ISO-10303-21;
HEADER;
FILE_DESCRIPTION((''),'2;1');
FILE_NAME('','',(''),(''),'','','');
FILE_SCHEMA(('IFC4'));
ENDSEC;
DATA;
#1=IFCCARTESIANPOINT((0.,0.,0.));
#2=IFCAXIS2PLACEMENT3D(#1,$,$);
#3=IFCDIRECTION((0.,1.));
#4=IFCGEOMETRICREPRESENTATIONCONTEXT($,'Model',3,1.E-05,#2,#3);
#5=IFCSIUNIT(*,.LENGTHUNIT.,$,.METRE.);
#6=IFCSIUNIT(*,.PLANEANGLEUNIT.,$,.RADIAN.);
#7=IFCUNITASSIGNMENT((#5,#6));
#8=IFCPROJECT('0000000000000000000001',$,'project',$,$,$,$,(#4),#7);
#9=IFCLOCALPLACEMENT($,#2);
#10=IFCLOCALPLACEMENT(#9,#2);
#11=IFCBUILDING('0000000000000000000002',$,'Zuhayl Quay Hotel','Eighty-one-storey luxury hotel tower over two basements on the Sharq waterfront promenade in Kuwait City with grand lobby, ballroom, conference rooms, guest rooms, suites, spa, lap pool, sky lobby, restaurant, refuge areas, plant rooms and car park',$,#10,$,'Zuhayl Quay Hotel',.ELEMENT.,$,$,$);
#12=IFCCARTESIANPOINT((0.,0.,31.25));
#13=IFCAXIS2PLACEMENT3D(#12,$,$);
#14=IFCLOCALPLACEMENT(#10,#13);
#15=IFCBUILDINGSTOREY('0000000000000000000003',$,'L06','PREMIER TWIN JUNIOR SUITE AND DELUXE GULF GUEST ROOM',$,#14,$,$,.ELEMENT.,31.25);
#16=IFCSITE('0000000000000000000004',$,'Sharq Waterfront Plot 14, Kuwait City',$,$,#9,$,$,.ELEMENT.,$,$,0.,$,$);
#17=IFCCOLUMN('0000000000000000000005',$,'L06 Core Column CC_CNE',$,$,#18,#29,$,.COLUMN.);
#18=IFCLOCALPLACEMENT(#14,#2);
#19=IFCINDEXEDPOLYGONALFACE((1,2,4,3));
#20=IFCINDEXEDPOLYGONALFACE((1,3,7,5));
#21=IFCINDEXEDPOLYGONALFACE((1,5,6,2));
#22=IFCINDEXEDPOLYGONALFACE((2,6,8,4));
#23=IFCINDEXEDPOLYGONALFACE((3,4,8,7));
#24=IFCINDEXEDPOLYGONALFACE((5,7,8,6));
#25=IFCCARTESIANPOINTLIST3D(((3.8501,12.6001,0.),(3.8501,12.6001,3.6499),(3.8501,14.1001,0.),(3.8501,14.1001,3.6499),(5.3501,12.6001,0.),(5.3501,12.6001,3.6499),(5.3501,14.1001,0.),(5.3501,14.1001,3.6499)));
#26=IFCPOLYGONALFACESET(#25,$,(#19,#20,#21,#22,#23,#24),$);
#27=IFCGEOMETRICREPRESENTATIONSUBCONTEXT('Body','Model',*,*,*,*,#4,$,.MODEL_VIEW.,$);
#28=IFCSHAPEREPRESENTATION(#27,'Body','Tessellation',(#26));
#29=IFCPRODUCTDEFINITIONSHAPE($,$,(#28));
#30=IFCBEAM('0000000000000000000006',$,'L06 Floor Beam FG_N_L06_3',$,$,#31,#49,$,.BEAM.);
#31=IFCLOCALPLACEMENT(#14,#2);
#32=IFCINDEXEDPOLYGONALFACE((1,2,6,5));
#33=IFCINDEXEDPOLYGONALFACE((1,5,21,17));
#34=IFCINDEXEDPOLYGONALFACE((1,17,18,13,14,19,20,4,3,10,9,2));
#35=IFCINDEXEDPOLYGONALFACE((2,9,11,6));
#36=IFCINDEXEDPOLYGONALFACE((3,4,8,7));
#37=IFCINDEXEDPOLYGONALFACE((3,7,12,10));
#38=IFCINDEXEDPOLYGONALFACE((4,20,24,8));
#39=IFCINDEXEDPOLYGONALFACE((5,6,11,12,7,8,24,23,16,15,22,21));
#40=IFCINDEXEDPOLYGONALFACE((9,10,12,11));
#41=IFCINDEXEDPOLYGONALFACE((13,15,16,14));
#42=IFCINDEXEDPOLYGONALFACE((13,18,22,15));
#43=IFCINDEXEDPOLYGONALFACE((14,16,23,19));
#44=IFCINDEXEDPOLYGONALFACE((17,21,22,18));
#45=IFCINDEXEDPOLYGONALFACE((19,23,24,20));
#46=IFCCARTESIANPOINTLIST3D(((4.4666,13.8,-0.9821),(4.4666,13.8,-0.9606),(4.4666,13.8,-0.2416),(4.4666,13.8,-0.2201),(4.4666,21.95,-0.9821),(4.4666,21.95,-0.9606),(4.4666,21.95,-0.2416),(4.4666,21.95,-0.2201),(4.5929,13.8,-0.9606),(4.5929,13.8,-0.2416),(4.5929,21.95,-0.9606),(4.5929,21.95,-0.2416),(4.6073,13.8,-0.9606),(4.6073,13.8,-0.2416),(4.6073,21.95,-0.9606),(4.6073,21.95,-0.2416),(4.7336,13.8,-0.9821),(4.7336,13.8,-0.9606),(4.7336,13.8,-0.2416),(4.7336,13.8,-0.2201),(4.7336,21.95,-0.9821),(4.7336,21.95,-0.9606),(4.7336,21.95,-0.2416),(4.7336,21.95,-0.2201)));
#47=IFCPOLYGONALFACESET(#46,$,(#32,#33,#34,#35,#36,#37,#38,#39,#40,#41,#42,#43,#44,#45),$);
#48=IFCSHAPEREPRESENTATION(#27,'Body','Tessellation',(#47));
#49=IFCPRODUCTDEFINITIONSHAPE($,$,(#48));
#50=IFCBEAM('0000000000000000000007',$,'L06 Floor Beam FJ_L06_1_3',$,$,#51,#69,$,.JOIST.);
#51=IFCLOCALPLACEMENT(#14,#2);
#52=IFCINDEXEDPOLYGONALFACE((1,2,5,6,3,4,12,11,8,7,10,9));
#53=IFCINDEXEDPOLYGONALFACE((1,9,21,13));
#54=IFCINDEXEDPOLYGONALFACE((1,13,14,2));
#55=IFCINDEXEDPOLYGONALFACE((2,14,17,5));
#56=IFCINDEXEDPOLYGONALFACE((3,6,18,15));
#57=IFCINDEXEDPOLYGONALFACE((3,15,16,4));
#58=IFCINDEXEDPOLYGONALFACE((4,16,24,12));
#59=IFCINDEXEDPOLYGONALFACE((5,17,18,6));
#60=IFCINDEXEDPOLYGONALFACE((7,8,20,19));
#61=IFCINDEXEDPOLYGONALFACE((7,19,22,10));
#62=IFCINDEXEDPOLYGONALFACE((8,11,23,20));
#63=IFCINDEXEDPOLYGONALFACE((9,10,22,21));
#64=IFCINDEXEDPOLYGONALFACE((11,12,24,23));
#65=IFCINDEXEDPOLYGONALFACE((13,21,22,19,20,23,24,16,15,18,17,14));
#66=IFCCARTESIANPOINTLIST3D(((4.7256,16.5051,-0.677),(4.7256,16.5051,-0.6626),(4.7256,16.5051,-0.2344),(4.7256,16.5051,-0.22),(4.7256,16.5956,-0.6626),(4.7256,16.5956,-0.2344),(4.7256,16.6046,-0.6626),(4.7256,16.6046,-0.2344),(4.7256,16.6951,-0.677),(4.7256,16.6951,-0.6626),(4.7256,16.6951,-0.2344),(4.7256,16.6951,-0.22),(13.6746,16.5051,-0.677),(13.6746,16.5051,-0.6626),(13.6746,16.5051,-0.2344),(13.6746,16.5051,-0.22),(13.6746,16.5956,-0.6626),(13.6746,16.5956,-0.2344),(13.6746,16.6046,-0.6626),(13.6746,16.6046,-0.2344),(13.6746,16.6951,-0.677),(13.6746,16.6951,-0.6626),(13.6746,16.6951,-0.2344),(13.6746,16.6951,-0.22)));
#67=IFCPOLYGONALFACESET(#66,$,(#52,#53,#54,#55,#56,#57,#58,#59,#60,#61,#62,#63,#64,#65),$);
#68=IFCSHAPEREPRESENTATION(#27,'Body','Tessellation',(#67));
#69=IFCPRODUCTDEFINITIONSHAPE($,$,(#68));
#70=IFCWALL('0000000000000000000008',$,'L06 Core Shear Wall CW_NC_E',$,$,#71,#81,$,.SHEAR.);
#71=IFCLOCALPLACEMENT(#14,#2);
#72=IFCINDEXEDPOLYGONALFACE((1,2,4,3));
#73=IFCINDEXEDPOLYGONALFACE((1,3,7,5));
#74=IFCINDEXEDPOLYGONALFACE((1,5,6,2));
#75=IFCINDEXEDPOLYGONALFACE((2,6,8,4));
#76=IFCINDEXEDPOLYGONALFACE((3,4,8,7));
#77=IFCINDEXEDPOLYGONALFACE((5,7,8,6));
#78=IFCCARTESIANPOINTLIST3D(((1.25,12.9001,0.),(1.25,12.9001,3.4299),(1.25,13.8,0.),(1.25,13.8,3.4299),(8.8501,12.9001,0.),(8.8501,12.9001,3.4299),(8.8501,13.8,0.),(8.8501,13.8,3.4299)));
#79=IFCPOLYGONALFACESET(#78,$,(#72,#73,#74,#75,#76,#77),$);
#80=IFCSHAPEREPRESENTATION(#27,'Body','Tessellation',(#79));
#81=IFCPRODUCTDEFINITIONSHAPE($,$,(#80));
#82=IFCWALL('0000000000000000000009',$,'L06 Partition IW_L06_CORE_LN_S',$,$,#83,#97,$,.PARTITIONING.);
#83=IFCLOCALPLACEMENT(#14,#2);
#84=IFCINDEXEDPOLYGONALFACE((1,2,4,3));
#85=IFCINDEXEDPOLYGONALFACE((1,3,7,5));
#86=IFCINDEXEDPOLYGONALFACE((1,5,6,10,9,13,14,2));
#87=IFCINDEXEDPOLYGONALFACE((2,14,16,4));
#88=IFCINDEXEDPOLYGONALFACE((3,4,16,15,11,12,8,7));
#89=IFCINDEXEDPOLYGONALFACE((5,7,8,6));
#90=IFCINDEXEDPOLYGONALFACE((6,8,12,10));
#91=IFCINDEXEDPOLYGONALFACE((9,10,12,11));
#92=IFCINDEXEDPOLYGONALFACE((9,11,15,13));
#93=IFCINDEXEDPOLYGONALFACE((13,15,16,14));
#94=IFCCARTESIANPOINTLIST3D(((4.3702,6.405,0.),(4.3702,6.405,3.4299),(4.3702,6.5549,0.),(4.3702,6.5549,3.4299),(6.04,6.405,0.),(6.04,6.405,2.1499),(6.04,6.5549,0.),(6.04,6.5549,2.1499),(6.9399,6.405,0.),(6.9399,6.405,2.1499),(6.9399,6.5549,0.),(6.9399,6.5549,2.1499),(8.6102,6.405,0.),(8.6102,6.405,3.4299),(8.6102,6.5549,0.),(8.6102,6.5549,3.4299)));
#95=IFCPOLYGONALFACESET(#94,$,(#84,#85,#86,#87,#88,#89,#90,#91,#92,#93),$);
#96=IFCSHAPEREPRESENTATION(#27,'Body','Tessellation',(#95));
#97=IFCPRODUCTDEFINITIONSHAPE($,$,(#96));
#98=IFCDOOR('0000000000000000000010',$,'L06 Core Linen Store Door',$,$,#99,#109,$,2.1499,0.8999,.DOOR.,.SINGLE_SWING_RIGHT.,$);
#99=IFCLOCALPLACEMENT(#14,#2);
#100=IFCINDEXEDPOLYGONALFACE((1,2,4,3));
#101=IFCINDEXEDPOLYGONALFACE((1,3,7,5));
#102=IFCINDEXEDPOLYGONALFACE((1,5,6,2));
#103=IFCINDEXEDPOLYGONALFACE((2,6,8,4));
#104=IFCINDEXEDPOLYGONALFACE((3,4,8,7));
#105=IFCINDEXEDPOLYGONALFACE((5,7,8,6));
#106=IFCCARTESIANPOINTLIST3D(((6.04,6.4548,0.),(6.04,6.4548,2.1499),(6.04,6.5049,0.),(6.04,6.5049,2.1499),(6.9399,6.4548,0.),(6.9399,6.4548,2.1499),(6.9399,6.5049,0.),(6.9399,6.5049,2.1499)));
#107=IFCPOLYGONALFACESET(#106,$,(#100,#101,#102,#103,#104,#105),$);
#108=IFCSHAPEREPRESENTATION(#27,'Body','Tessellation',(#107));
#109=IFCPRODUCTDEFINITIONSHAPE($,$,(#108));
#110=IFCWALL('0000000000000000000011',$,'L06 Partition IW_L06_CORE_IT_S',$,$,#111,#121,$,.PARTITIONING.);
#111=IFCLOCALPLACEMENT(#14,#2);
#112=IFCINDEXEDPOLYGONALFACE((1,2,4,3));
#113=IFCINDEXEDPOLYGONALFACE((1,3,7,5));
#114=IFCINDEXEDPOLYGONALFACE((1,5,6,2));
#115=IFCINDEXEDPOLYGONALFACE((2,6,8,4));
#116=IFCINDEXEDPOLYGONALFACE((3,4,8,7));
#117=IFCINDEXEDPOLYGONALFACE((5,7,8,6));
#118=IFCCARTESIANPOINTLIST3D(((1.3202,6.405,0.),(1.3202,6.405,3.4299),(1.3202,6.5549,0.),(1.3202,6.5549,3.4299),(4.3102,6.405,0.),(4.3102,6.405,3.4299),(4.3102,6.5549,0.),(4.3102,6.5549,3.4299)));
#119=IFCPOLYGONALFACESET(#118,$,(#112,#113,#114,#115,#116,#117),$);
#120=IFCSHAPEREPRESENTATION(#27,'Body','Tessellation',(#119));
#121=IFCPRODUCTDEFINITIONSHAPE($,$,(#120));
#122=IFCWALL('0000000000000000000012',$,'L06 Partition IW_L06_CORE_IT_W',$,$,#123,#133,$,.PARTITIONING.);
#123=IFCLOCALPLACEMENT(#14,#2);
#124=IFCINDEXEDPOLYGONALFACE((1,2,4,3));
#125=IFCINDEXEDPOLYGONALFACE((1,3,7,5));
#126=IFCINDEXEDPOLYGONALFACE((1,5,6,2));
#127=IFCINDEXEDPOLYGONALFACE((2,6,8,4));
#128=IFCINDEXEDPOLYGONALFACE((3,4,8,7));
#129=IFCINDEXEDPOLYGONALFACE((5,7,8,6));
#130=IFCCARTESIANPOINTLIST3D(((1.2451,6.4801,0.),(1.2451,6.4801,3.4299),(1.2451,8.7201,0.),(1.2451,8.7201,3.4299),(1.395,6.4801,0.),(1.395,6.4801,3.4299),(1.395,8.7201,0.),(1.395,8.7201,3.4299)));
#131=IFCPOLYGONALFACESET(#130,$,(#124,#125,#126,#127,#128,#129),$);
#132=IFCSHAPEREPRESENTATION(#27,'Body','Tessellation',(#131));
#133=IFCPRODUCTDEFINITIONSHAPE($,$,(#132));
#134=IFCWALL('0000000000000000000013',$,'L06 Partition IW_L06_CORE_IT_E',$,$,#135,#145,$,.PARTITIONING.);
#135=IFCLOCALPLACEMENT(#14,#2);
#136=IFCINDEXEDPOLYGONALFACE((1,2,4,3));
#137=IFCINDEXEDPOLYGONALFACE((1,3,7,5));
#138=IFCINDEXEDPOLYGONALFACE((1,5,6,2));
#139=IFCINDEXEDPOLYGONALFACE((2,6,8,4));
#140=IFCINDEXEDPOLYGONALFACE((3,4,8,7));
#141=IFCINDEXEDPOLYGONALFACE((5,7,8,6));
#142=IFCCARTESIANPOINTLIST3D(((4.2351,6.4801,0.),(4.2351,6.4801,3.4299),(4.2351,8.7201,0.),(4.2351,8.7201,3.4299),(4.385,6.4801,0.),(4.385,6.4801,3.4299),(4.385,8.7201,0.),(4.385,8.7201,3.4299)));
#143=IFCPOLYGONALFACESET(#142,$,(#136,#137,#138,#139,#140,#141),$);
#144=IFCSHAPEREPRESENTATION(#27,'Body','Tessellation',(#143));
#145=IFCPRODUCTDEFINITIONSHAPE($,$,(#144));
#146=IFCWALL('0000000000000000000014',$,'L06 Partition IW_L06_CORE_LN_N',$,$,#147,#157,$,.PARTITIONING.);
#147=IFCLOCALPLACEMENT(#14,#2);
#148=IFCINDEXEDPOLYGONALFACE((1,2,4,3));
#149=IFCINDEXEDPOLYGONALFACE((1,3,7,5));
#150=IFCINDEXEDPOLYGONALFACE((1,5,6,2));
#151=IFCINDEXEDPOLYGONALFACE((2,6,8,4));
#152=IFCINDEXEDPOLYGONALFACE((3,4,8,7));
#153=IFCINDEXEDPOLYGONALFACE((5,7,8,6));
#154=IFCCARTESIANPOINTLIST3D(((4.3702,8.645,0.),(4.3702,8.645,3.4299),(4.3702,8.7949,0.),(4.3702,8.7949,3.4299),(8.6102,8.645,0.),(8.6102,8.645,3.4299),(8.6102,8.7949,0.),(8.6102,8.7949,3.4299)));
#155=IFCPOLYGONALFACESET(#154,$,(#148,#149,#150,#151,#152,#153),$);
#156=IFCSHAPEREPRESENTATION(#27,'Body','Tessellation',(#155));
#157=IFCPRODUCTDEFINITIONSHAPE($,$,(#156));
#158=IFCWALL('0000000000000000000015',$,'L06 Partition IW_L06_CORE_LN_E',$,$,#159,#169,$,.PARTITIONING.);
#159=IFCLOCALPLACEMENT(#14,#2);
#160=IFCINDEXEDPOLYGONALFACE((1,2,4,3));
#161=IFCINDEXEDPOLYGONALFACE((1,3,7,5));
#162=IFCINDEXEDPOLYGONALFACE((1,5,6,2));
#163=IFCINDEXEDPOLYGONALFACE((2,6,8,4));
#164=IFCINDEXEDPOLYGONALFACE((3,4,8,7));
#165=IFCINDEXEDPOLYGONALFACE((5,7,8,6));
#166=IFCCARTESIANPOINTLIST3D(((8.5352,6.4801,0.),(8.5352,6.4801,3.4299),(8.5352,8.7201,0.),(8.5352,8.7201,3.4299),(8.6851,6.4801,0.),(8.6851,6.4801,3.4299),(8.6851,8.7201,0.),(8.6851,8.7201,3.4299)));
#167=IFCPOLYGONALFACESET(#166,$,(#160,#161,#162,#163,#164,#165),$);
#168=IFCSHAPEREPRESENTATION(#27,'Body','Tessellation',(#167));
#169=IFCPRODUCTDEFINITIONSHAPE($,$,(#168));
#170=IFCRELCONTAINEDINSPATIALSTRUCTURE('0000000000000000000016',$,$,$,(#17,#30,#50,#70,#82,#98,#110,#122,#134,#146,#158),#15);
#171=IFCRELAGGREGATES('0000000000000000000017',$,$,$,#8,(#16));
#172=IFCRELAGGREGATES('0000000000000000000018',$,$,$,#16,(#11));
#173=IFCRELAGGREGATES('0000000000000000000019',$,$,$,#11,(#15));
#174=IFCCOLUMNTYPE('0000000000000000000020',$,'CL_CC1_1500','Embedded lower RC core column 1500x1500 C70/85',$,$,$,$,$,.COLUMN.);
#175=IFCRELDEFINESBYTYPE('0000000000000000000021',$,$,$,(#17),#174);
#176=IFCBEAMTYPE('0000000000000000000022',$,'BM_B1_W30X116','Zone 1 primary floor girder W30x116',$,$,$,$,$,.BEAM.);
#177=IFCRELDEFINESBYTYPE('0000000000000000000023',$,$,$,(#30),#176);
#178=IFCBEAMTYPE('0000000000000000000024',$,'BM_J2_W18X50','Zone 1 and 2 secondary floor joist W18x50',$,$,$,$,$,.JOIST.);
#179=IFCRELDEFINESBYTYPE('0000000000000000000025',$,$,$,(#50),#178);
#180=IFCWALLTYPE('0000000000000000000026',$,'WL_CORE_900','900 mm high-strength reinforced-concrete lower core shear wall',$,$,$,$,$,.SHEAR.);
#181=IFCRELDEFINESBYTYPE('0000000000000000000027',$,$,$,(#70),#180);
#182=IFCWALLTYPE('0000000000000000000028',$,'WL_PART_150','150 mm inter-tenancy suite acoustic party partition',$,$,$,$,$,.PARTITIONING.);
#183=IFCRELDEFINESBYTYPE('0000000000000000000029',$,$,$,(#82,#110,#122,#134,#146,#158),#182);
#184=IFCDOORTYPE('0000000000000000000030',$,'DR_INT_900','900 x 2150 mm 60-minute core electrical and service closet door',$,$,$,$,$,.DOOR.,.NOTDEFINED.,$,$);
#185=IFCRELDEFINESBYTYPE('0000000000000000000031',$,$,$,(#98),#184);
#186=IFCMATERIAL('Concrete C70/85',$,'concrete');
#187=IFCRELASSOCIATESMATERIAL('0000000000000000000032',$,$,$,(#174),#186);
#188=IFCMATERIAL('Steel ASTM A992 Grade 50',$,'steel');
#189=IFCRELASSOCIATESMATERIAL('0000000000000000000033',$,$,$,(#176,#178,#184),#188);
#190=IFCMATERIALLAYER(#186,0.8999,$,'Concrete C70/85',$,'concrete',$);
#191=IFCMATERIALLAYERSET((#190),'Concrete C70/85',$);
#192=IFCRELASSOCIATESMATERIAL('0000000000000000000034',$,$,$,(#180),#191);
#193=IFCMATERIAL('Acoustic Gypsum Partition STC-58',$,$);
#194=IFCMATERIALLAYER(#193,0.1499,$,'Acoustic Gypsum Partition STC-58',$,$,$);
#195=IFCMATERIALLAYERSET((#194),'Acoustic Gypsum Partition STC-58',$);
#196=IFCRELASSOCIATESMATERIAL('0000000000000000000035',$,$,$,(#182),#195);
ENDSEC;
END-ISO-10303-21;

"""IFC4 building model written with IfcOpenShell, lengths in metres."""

from ifc_helpers import new_model, si_unit, direction, frame, frame_2d, origin, origin_2d, place, context, subcontext, project, spatial, rectangle, i_section, extrude, material, layer, layer_set, material_profile, profile_set, type_object, element, fill, save


model = new_model("IFC4")

# Units and contexts
model_context = context("Model", 3, precision=1e-05, world=origin(), true_north=direction((0.0, 1.0)))
body_context = subcontext(model_context, "Body", "Model", "MODEL_VIEW")
ifc_project = project(units=[si_unit("LENGTHUNIT", "METRE"), si_unit("PLANEANGLEUNIT", "RADIAN")], contexts=[model_context])

# Site, building, storey
site_placement = place(None, origin())
site = spatial("IfcSite", under=ifc_project, at=site_placement, Name="Sharq Waterfront Plot 14, Kuwait City", CompositionType="ELEMENT", RefElevation=0.0)
building_placement = place(site_placement, origin())
building = spatial("IfcBuilding", under=site, at=building_placement, Name="Zuhayl Quay Hotel", Description="Eighty-one-storey luxury hotel tower over two basements on the Sharq waterfront promenade in Kuwait City with grand lobby, ballroom, conference rooms, guest rooms, suites, spa, lap pool, sky lobby, restaurant, refuge areas, plant rooms and car park", LongName="Zuhayl Quay Hotel", CompositionType="ELEMENT")
storey_placement = place(building_placement, frame((0.0, 0.0, 31.25)))
storey = spatial("IfcBuildingStorey", under=building, at=storey_placement, Name="L06", Description="PREMIER TWIN JUNIOR SUITE AND DELUXE GULF GUEST ROOM", CompositionType="ELEMENT", Elevation=31.25)

# Column
ifc_material_1 = material(Name="Concrete C70/85", Category="concrete")
ifc_material_profile_1 = material_profile(ifc_material_1, rectangle(XDim=1.5, YDim=1.5, at=origin_2d()), Name="RC1500X1500")
ifc_profile_set_1 = profile_set([ifc_material_profile_1], Name="Concrete C70/85")
column_type = type_object("IfcColumnType", Name="CL_CC1_1500", Description="Embedded lower RC core column 1500x1500 C70/85", PredefinedType="COLUMN", material=ifc_profile_set_1)
column_placement = place(storey_placement, frame((4.6001, 13.3501, 0.0), z_axis=(0.0, 0.0, 1.0), x_axis=(1.0, 0.0, 0.0)))
element("IfcColumn", 1, at=column_placement, inside=storey, type_object=column_type, Name="L06 Core Column CC_CNE", PredefinedType="COLUMN", context=body_context, shape_type="SweptSolid", body=[
    extrude(rectangle(XDim=1.5, YDim=1.5, at=origin_2d()), origin(), (0.0, 0.0, 1.0), 3.6499),
])

# Beams
ifc_material_2 = material(Name="Steel ASTM A992 Grade 50", Category="steel")
ifc_material_profile_2 = material_profile(ifc_material_2, i_section(OverallWidth=0.2671, OverallDepth=0.762, WebThickness=0.0144, FlangeThickness=0.0215, at=origin_2d()), Name="W30X116")
ifc_profile_set_2 = profile_set([ifc_material_profile_2], Name="Steel ASTM A992 Grade 50")
beam_type_1 = type_object("IfcBeamType", Name="BM_B1_W30X116", Description="Zone 1 primary floor girder W30x116", PredefinedType="BEAM", material=ifc_profile_set_2)
beam_1_placement = place(storey_placement, frame((4.6001, 13.8, -0.6011), z_axis=(0.0, 1.0, 0.0), x_axis=(-1.0, 0.0, 0.0)))
element("IfcBeam", 2, at=beam_1_placement, inside=storey, type_object=beam_type_1, Name="L06 Floor Beam FG_N_L06_3", PredefinedType="BEAM", context=body_context, shape_type="SweptSolid", body=[
    extrude(i_section(OverallWidth=0.2671, OverallDepth=0.762, WebThickness=0.0144, FlangeThickness=0.0215, at=origin_2d()), origin(), (0.0, 0.0, 1.0), 8.1499),
])
ifc_material_profile_3 = material_profile(ifc_material_2, i_section(OverallWidth=0.1899, OverallDepth=0.457, WebThickness=0.009, FlangeThickness=0.0144, at=origin_2d()), Name="W18X50")
ifc_profile_set_3 = profile_set([ifc_material_profile_3], Name="Steel ASTM A992 Grade 50")
beam_type_2 = type_object("IfcBeamType", Name="BM_J2_W18X50", Description="Zone 1 and 2 secondary floor joist W18x50", PredefinedType="JOIST", material=ifc_profile_set_3)
beam_2_placement = place(storey_placement, frame((4.7256, 16.6001, -0.4485), z_axis=(1.0, 0.0, 0.0), x_axis=(0.0, 1.0, 0.0)))
element("IfcBeam", 3, at=beam_2_placement, inside=storey, type_object=beam_type_2, Name="L06 Floor Beam FJ_L06_1_3", PredefinedType="JOIST", context=body_context, shape_type="SweptSolid", body=[
    extrude(i_section(OverallWidth=0.1899, OverallDepth=0.457, WebThickness=0.009, FlangeThickness=0.0144, at=origin_2d()), origin(), (0.0, 0.0, 1.0), 8.949),
])

# Wall
ifc_layer_1 = layer(ifc_material_1, 0.8999, Name="Concrete C70/85", Category="concrete")
ifc_layer_set_1 = layer_set([ifc_layer_1], Name="Concrete C70/85")
wall_type_1 = type_object("IfcWallType", Name="WL_CORE_900", Description="900 mm high-strength reinforced-concrete lower core shear wall", PredefinedType="SHEAR", material=ifc_layer_set_1)
wall_1_placement = place(storey_placement, frame((1.25, 13.3501, 0.0), z_axis=(0.0, 0.0, 1.0), x_axis=(1.0, 0.0, 0.0)))
element("IfcWall", 4, at=wall_1_placement, inside=storey, type_object=wall_type_1, Name="L06 Core Shear Wall CW_NC_E", PredefinedType="SHEAR", context=body_context, shape_type="SweptSolid", body=[
    extrude(rectangle(XDim=7.6001, YDim=0.8999, at=frame_2d((3.8, 0.0))), origin(), (0.0, 0.0, 1.0), 3.4299),
])

# Wall, opening, door
ifc_material_3 = material(Name="Acoustic Gypsum Partition STC-58")
ifc_layer_2 = layer(ifc_material_3, 0.1499, Name="Acoustic Gypsum Partition STC-58")
ifc_layer_set_2 = layer_set([ifc_layer_2], Name="Acoustic Gypsum Partition STC-58")
wall_type_2 = type_object("IfcWallType", Name="WL_PART_150", Description="150 mm inter-tenancy suite acoustic party partition", PredefinedType="PARTITIONING", material=ifc_layer_set_2)
door_type_1 = type_object("IfcDoorType", Name="DR_INT_900", Description="900 x 2150 mm 60-minute core electrical and service closet door", OperationType="NOTDEFINED", PredefinedType="DOOR", material=ifc_material_2)
wall_2_placement = place(storey_placement, frame((4.3701, 6.48, 0.0), z_axis=(0.0, 0.0, 1.0), x_axis=(1.0, 0.0, 0.0)))
wall_2 = element("IfcWall", 5, at=wall_2_placement, inside=storey, type_object=wall_type_2, Name="L06 Partition IW_L06_CORE_LN_S", PredefinedType="PARTITIONING", context=body_context, shape_type="SweptSolid", body=[
    extrude(rectangle(XDim=4.24, YDim=0.1499, at=frame_2d((2.1201, 0.0))), origin(), (0.0, 0.0, 1.0), 3.4299),
])
opening_1_placement = place(wall_2_placement, frame((1.6699, 0.0, 0.0)))
opening_1 = element("IfcOpeningElement", 6, at=opening_1_placement, cuts=wall_2, PredefinedType="OPENING", context=body_context, shape_type="SweptSolid", body=[
    extrude(rectangle(XDim=0.8999, YDim=2.1499, at=frame_2d((0.45, 1.075))), frame((0.0, 0.085, 0.0), z_axis=(0.0, -1.0, 0.0), x_axis=(1.0, 0.0, 0.0)), (0.0, 0.0, 1.0), 0.1699),
])
door_1_placement = place(opening_1_placement, origin())
door_1 = element("IfcDoor", 7, at=door_1_placement, inside=storey, type_object=door_type_1, Name="L06 Core Linen Store Door", OperationType="SINGLE_SWING_RIGHT", OverallHeight=2.1499, OverallWidth=0.8999, PredefinedType="DOOR", context=body_context, shape_type="SweptSolid", body=[
    extrude(rectangle(XDim=0.8999, YDim=2.1499, at=frame_2d((0.45, 1.075))), frame((0.0, 0.0249, 0.0), z_axis=(0.0, -1.0, 0.0), x_axis=(1.0, 0.0, 0.0)), (0.0, 0.0, 1.0), 0.05),
])
fill(opening_1, door_1)

# Walls
wall_3_placement = place(storey_placement, frame((1.3201, 6.48, 0.0), z_axis=(0.0, 0.0, 1.0), x_axis=(1.0, 0.0, 0.0)))
element("IfcWall", 8, at=wall_3_placement, inside=storey, type_object=wall_type_2, Name="L06 Partition IW_L06_CORE_IT_S", PredefinedType="PARTITIONING", context=body_context, shape_type="SweptSolid", body=[
    extrude(rectangle(XDim=2.99, YDim=0.1499, at=frame_2d((1.4951, 0.0))), origin(), (0.0, 0.0, 1.0), 3.4299),
])
for number, where, z_axis, x_axis, name in (
    (9, (1.3201, 6.48, 0.0), (0.0, 0.0, 1.0), (0.0, 1.0, 0.0), "L06 Partition IW_L06_CORE_IT_W"),
    (10, (4.3101, 6.48, 0.0), (0.0, 0.0, 1.0), (0.0, 1.0, 0.0), "L06 Partition IW_L06_CORE_IT_E"),
):
    element("IfcWall", number, at=place(storey_placement, frame(where, z_axis=z_axis, x_axis=x_axis)), inside=storey, type_object=wall_type_2, Name=name, PredefinedType="PARTITIONING", context=body_context, shape_type="SweptSolid", body=[
        extrude(rectangle(XDim=2.24, YDim=0.1499, at=frame_2d((1.1201, 0.0))), origin(), (0.0, 0.0, 1.0), 3.4299),
    ])
wall_4_placement = place(storey_placement, frame((4.3701, 8.72, 0.0), z_axis=(0.0, 0.0, 1.0), x_axis=(1.0, 0.0, 0.0)))
element("IfcWall", 11, at=wall_4_placement, inside=storey, type_object=wall_type_2, Name="L06 Partition IW_L06_CORE_LN_N", PredefinedType="PARTITIONING", context=body_context, shape_type="SweptSolid", body=[
    extrude(rectangle(XDim=4.24, YDim=0.1499, at=frame_2d((2.1201, 0.0))), origin(), (0.0, 0.0, 1.0), 3.4299),
])
wall_5_placement = place(storey_placement, frame((8.6101, 6.48, 0.0), z_axis=(0.0, 0.0, 1.0), x_axis=(0.0, 1.0, 0.0)))
element("IfcWall", 12, at=wall_5_placement, inside=storey, type_object=wall_type_2, Name="L06 Partition IW_L06_CORE_LN_E", PredefinedType="PARTITIONING", context=body_context, shape_type="SweptSolid", body=[
    extrude(rectangle(XDim=2.24, YDim=0.1499, at=frame_2d((1.1201, 0.0))), origin(), (0.0, 0.0, 1.0), 3.4299),
])

save(model, "model.ifc")
